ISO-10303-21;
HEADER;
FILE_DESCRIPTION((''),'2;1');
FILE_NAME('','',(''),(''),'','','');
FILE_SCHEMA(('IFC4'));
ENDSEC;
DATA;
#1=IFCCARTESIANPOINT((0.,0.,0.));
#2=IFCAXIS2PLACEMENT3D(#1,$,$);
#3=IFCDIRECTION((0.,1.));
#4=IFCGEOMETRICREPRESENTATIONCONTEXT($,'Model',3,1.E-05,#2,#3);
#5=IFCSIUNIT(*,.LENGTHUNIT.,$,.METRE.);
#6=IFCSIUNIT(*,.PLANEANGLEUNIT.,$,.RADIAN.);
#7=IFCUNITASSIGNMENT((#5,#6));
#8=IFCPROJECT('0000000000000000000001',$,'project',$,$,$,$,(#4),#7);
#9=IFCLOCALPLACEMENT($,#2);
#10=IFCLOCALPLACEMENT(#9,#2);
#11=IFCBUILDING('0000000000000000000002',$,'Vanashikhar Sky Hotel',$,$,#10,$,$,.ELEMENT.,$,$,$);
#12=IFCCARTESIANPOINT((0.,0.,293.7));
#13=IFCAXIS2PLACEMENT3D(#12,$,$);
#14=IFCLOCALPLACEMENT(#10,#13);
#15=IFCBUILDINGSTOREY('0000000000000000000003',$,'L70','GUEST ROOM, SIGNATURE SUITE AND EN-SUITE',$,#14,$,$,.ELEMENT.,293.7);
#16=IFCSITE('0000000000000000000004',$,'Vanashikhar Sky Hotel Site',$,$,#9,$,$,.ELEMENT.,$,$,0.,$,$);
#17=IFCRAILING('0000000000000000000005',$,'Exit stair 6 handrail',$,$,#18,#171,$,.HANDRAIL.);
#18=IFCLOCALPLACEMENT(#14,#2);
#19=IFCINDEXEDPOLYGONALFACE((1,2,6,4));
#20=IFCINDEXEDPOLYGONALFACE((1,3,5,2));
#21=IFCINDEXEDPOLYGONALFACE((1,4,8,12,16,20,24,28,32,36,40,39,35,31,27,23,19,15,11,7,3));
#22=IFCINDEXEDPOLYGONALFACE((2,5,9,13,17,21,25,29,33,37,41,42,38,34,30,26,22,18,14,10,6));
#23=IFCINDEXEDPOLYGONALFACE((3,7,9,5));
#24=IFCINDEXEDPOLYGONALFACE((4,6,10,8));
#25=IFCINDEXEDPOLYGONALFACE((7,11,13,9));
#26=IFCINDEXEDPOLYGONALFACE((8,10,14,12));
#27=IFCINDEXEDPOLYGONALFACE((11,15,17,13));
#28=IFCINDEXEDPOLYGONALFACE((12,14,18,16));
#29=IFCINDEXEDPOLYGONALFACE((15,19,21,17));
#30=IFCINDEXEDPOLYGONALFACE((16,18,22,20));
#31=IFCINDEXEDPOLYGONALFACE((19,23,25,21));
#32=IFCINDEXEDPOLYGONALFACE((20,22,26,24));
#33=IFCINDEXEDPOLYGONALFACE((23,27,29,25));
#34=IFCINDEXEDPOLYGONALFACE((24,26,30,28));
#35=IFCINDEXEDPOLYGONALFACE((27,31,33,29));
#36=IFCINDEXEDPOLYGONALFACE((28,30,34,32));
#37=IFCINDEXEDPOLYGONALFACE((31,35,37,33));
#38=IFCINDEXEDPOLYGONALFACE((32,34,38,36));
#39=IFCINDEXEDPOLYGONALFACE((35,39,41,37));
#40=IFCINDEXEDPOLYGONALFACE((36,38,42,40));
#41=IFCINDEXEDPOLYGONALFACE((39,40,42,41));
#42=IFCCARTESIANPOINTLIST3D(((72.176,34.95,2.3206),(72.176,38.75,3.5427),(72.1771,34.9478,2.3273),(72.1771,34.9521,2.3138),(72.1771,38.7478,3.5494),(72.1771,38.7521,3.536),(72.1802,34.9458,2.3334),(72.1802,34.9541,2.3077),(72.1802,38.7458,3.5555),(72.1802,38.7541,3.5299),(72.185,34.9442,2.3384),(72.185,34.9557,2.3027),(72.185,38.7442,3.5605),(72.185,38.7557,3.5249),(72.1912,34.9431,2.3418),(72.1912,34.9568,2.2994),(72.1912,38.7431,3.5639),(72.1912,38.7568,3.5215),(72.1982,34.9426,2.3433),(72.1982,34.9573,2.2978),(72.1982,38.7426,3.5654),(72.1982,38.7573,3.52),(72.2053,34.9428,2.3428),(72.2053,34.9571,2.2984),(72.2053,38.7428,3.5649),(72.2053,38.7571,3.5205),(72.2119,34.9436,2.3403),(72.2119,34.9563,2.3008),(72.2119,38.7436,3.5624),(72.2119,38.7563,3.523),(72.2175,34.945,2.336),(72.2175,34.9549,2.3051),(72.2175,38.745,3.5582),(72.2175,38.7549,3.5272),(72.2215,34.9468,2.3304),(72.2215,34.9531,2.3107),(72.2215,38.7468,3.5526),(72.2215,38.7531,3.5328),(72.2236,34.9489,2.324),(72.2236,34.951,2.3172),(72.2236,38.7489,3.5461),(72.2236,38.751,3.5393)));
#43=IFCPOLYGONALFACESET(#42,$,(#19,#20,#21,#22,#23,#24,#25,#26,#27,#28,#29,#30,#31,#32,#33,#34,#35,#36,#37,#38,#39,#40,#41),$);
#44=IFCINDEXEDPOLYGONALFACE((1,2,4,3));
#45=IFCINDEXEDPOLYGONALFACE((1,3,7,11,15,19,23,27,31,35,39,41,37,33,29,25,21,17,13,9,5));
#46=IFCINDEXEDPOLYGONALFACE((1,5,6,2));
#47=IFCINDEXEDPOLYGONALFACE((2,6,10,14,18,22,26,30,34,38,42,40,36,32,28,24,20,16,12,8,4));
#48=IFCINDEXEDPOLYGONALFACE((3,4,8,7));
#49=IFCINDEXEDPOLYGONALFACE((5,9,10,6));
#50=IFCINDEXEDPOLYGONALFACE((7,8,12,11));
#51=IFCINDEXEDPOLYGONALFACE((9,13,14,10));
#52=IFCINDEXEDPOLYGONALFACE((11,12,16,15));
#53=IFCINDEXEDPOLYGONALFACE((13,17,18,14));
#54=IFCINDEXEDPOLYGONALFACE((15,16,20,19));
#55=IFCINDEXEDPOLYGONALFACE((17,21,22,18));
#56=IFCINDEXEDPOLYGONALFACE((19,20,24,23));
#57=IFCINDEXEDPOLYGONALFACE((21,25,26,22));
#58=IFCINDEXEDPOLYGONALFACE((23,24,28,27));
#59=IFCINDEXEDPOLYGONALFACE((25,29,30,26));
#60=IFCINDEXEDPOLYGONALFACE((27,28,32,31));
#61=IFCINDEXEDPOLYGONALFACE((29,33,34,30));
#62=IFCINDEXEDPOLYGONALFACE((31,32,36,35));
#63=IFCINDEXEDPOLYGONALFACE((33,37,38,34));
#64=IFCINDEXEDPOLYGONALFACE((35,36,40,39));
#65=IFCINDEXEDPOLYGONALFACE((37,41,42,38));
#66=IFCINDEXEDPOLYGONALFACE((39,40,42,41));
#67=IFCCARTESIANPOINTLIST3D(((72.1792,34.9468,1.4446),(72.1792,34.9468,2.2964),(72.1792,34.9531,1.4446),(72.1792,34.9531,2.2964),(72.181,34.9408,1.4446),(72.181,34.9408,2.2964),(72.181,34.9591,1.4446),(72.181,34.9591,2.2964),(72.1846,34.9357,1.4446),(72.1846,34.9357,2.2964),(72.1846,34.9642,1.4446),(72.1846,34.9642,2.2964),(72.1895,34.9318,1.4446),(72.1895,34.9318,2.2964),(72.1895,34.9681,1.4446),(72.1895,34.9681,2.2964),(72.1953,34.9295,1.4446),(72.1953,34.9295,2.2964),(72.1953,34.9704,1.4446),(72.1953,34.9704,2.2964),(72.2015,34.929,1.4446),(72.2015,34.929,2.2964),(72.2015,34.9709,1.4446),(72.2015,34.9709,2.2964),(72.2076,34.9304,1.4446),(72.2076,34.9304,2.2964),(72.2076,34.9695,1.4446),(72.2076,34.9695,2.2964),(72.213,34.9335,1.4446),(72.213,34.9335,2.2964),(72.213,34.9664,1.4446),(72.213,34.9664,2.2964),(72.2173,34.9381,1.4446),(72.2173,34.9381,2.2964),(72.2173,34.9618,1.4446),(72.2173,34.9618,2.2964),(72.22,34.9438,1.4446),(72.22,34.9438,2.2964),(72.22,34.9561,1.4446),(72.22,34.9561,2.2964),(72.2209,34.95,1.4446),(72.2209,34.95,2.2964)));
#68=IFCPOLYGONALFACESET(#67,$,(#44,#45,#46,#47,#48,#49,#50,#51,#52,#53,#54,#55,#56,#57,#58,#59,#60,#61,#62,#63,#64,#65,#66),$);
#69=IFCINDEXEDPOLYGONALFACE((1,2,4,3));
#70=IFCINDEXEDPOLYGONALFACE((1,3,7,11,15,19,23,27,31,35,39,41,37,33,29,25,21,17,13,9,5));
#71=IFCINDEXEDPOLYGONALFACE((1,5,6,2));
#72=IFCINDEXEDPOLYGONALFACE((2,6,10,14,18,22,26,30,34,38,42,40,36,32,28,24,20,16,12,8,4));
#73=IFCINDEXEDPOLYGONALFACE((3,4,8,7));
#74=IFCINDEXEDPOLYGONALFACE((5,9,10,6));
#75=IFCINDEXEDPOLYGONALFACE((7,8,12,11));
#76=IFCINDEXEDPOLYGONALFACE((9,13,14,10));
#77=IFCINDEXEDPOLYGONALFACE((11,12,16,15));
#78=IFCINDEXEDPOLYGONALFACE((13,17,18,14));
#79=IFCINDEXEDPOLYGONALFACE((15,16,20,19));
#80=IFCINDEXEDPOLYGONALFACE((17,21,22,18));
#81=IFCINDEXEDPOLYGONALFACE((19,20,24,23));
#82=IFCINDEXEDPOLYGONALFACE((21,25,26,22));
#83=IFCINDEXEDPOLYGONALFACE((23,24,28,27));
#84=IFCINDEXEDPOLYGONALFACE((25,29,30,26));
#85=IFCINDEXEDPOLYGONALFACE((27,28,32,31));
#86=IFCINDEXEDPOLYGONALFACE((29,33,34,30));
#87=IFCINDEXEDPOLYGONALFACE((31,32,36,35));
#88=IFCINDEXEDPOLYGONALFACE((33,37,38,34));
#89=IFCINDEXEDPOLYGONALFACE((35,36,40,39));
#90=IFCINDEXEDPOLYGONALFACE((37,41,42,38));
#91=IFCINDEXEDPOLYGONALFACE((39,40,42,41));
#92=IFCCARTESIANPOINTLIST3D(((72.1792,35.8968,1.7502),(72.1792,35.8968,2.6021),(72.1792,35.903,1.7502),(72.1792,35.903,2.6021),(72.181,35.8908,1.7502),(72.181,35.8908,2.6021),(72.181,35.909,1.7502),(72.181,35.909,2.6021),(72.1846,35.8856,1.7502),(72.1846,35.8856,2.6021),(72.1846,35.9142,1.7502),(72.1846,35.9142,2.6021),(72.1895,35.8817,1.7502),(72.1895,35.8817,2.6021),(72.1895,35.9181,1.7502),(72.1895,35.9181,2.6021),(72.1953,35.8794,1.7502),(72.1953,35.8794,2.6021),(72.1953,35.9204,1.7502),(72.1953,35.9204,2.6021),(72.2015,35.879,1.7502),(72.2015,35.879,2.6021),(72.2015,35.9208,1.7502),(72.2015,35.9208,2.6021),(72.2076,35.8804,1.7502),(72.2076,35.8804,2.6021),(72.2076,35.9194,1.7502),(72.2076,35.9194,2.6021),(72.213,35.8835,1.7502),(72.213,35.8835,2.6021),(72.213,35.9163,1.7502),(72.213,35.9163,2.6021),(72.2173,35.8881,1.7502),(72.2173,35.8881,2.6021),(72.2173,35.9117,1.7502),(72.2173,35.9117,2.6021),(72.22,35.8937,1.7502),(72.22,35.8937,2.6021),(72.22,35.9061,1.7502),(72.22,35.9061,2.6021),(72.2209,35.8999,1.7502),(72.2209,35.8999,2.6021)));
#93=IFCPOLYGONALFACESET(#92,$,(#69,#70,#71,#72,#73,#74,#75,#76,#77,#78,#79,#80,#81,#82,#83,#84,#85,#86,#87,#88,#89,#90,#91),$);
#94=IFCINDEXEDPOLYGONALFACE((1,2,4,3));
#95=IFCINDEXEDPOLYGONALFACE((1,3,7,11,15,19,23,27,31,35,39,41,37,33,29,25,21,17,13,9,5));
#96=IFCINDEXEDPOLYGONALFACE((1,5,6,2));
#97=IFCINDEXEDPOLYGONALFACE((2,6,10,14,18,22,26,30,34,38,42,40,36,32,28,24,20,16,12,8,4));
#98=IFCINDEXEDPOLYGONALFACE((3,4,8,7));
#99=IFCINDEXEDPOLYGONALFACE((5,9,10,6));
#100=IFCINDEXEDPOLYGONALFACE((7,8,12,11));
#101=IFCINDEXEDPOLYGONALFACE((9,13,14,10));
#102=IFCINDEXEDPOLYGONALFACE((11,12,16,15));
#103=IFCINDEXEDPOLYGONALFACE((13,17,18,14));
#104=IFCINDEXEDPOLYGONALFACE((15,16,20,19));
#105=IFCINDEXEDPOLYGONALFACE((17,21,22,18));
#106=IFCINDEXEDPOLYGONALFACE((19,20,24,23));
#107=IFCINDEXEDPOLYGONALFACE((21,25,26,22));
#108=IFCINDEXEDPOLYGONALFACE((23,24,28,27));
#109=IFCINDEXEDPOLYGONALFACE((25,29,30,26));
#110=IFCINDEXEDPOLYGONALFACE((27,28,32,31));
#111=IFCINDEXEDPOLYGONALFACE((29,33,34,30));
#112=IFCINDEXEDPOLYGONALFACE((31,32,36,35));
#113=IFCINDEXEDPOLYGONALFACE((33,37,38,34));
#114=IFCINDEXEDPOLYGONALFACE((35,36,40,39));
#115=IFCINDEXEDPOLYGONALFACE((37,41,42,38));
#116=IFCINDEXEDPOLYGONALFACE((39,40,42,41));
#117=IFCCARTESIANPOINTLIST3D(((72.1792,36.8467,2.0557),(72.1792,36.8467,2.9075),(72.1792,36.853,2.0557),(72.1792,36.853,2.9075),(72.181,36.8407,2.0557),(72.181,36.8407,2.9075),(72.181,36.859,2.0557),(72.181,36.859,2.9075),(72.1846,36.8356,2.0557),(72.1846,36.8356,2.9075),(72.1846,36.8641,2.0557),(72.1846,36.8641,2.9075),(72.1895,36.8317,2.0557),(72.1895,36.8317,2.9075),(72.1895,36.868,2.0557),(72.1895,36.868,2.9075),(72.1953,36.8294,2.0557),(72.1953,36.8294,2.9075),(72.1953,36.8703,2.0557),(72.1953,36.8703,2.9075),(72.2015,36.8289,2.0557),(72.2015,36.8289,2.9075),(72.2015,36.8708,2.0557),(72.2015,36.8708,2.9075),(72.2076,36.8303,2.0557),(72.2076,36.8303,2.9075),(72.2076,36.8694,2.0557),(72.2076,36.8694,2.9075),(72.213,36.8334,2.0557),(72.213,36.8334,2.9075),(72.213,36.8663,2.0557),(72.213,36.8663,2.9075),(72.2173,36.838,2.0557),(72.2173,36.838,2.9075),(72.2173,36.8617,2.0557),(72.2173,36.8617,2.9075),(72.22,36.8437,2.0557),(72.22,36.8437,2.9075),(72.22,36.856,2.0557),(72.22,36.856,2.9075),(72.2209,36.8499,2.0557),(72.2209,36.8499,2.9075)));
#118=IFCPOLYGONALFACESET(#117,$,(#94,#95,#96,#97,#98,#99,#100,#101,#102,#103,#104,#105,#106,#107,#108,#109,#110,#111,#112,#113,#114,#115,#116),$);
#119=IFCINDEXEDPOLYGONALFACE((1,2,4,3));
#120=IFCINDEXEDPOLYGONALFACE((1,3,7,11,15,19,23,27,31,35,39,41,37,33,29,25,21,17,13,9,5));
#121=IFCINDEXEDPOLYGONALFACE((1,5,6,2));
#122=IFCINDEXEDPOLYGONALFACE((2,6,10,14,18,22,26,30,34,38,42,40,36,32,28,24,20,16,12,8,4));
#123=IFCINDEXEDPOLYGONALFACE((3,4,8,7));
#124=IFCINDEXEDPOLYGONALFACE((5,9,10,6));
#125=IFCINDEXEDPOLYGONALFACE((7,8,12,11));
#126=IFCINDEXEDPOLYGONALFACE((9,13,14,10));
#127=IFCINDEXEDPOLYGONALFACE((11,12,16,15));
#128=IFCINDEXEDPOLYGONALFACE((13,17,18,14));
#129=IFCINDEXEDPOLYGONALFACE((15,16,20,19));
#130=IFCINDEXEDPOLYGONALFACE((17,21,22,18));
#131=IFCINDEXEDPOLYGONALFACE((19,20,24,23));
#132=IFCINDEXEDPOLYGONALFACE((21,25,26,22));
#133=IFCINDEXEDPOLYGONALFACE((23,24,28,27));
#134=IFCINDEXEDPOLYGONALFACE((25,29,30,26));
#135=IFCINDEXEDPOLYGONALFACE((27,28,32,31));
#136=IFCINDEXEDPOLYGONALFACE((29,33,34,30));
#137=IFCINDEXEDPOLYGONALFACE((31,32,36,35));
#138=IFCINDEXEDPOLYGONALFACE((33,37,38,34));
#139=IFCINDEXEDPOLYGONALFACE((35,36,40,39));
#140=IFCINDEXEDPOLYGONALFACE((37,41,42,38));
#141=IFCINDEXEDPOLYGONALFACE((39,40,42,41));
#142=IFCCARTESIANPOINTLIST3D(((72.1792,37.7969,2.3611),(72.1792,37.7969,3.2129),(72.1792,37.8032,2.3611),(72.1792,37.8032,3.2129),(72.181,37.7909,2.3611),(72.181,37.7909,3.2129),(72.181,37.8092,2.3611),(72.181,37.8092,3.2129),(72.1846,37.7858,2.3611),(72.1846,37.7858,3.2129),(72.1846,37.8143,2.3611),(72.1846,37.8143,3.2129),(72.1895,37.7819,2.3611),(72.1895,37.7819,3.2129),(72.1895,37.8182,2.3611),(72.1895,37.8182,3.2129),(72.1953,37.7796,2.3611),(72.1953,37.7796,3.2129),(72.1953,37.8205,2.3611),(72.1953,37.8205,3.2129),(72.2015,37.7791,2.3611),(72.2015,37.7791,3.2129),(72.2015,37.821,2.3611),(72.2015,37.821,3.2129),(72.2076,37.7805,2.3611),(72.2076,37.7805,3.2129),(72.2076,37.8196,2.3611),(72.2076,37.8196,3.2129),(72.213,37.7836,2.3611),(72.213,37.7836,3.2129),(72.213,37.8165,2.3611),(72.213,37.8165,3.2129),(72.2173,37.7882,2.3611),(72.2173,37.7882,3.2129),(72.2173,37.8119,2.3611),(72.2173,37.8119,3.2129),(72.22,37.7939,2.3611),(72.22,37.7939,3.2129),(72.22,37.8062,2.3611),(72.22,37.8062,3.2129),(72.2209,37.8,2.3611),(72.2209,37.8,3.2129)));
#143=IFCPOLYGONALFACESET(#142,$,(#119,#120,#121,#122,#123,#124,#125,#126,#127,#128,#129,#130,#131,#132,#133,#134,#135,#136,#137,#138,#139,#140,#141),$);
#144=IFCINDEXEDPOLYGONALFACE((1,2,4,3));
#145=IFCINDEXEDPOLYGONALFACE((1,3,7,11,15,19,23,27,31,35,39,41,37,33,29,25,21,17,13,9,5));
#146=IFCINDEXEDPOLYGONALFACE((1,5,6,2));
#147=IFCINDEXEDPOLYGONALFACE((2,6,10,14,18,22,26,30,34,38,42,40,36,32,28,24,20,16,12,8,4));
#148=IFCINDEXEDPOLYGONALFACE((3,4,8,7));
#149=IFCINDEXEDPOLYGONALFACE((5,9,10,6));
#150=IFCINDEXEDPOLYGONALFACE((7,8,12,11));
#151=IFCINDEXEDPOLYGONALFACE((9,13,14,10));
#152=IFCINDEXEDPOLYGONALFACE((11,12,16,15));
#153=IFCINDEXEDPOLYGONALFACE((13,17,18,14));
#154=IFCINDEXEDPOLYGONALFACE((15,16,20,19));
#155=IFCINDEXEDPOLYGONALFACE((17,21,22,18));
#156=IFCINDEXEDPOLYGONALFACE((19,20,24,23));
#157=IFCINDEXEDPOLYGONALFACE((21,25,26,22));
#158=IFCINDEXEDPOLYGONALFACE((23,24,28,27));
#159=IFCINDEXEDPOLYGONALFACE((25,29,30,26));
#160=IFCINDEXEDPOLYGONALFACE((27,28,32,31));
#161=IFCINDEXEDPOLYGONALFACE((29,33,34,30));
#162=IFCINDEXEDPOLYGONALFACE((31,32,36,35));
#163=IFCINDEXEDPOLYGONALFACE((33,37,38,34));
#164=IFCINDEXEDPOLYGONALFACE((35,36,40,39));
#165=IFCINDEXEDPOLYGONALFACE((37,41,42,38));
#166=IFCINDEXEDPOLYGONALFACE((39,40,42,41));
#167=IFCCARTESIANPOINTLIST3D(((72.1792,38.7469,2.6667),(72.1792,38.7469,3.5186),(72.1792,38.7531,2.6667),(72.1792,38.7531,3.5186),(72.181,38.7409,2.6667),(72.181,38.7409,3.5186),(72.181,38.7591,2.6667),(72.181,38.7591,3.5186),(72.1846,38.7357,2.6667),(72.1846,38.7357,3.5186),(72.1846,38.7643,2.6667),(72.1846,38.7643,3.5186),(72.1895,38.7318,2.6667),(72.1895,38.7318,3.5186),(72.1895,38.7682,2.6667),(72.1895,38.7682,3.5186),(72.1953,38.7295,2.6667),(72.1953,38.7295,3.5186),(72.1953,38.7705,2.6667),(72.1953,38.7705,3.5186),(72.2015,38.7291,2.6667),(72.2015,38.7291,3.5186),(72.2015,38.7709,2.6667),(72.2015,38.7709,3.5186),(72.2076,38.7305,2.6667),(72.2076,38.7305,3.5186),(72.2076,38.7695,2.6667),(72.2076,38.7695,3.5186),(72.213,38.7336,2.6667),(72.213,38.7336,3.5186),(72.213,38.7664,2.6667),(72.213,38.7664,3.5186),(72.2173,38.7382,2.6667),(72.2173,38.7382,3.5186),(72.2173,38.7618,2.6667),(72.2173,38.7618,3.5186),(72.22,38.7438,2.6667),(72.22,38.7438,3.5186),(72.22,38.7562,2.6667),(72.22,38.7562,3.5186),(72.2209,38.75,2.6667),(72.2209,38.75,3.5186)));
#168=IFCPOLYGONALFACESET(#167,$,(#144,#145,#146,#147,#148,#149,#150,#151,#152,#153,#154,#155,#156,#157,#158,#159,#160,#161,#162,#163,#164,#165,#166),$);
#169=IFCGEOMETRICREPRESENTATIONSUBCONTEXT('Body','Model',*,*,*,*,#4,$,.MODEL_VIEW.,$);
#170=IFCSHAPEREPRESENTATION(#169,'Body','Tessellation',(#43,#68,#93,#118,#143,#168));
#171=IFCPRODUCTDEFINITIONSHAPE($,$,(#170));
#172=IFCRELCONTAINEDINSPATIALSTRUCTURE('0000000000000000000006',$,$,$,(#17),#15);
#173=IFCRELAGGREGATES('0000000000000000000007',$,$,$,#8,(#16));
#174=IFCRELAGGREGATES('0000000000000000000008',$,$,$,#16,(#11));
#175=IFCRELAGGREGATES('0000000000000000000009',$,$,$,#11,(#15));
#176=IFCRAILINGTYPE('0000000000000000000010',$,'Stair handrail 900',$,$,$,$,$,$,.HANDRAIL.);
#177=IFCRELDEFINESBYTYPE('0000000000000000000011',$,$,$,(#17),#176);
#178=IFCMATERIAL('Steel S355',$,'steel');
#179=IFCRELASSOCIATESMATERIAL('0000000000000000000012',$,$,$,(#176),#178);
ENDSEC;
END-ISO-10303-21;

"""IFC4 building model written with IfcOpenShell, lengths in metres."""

from ifc_helpers import new_model, si_unit, direction, frame, origin, origin_2d, place, context, subcontext, project, spatial, circle, extrude, source, transform, mapped, material, type_object, element, save


model = new_model("IFC4")

# Units and contexts
model_context = context("Model", 3, precision=1e-05, world=origin(), true_north=direction((0.0, 1.0)))
body_context = subcontext(model_context, "Body", "Model", "MODEL_VIEW")
ifc_project = project(units=[si_unit("LENGTHUNIT", "METRE"), si_unit("PLANEANGLEUNIT", "RADIAN")], contexts=[model_context])

# Site, building, storey
site_placement = place(None, origin())
site = spatial("IfcSite", under=ifc_project, at=site_placement, Name="Vanashikhar Sky Hotel Site", CompositionType="ELEMENT", RefElevation=0.0)
building_placement = place(site_placement, origin())
building = spatial("IfcBuilding", under=site, at=building_placement, Name="Vanashikhar Sky Hotel", CompositionType="ELEMENT")
storey_placement = place(building_placement, frame((0.0, 0.0, 293.7)))
storey = spatial("IfcBuildingStorey", under=building, at=storey_placement, Name="L70", Description="GUEST ROOM, SIGNATURE SUITE AND EN-SUITE", CompositionType="ELEMENT", Elevation=293.7)

# Railing
ifc_material_1 = material(Name="Steel S355", Category="steel")
railing_type_1 = type_object("IfcRailingType", Name="Stair handrail 900", PredefinedType="HANDRAIL", material=ifc_material_1)
shared_shape_1 = source(origin(), body_context, "Body", "SweptSolid", [
    extrude(circle(Radius=0.0239, at=origin_2d()), frame((0.0, 0.0, 0.876), z_axis=(0.0, 0.951976, 0.306173), x_axis=(-1.0, 0.0, 0.0)), (0.0, 0.0, 1.0), 3.9917),
    extrude(circle(Radius=0.021, at=origin_2d()), origin(), (0.0, 0.0, 1.0), 0.8518),
    extrude(circle(Radius=0.021, at=origin_2d()), frame((0.0, 0.95, 0.3057)), (0.0, 0.0, 1.0), 0.8518),
    extrude(circle(Radius=0.021, at=origin_2d()), frame((0.0, 1.8999, 0.6111)), (0.0, 0.0, 1.0), 0.8518),
    extrude(circle(Radius=0.021, at=origin_2d()), frame((0.0, 2.8501, 0.9165)), (0.0, 0.0, 1.0), 0.8518),
    extrude(circle(Radius=0.021, at=origin_2d()), frame((0.0, 3.8, 1.2222)), (0.0, 0.0, 1.0), 0.8518),
])
railing_placement = place(storey_placement, frame((72.2, 34.95, 1.4446)))
element("IfcRailing", 1, at=railing_placement, inside=storey, type_object=railing_type_1, Name="Exit stair 6 handrail", PredefinedType="HANDRAIL", context=body_context, shape_type="MappedRepresentation", body=[
    mapped(shared_shape_1, transform((0.0, 0.0, 0.0), scale=1.0)),
])

save(model, "model.ifc")
